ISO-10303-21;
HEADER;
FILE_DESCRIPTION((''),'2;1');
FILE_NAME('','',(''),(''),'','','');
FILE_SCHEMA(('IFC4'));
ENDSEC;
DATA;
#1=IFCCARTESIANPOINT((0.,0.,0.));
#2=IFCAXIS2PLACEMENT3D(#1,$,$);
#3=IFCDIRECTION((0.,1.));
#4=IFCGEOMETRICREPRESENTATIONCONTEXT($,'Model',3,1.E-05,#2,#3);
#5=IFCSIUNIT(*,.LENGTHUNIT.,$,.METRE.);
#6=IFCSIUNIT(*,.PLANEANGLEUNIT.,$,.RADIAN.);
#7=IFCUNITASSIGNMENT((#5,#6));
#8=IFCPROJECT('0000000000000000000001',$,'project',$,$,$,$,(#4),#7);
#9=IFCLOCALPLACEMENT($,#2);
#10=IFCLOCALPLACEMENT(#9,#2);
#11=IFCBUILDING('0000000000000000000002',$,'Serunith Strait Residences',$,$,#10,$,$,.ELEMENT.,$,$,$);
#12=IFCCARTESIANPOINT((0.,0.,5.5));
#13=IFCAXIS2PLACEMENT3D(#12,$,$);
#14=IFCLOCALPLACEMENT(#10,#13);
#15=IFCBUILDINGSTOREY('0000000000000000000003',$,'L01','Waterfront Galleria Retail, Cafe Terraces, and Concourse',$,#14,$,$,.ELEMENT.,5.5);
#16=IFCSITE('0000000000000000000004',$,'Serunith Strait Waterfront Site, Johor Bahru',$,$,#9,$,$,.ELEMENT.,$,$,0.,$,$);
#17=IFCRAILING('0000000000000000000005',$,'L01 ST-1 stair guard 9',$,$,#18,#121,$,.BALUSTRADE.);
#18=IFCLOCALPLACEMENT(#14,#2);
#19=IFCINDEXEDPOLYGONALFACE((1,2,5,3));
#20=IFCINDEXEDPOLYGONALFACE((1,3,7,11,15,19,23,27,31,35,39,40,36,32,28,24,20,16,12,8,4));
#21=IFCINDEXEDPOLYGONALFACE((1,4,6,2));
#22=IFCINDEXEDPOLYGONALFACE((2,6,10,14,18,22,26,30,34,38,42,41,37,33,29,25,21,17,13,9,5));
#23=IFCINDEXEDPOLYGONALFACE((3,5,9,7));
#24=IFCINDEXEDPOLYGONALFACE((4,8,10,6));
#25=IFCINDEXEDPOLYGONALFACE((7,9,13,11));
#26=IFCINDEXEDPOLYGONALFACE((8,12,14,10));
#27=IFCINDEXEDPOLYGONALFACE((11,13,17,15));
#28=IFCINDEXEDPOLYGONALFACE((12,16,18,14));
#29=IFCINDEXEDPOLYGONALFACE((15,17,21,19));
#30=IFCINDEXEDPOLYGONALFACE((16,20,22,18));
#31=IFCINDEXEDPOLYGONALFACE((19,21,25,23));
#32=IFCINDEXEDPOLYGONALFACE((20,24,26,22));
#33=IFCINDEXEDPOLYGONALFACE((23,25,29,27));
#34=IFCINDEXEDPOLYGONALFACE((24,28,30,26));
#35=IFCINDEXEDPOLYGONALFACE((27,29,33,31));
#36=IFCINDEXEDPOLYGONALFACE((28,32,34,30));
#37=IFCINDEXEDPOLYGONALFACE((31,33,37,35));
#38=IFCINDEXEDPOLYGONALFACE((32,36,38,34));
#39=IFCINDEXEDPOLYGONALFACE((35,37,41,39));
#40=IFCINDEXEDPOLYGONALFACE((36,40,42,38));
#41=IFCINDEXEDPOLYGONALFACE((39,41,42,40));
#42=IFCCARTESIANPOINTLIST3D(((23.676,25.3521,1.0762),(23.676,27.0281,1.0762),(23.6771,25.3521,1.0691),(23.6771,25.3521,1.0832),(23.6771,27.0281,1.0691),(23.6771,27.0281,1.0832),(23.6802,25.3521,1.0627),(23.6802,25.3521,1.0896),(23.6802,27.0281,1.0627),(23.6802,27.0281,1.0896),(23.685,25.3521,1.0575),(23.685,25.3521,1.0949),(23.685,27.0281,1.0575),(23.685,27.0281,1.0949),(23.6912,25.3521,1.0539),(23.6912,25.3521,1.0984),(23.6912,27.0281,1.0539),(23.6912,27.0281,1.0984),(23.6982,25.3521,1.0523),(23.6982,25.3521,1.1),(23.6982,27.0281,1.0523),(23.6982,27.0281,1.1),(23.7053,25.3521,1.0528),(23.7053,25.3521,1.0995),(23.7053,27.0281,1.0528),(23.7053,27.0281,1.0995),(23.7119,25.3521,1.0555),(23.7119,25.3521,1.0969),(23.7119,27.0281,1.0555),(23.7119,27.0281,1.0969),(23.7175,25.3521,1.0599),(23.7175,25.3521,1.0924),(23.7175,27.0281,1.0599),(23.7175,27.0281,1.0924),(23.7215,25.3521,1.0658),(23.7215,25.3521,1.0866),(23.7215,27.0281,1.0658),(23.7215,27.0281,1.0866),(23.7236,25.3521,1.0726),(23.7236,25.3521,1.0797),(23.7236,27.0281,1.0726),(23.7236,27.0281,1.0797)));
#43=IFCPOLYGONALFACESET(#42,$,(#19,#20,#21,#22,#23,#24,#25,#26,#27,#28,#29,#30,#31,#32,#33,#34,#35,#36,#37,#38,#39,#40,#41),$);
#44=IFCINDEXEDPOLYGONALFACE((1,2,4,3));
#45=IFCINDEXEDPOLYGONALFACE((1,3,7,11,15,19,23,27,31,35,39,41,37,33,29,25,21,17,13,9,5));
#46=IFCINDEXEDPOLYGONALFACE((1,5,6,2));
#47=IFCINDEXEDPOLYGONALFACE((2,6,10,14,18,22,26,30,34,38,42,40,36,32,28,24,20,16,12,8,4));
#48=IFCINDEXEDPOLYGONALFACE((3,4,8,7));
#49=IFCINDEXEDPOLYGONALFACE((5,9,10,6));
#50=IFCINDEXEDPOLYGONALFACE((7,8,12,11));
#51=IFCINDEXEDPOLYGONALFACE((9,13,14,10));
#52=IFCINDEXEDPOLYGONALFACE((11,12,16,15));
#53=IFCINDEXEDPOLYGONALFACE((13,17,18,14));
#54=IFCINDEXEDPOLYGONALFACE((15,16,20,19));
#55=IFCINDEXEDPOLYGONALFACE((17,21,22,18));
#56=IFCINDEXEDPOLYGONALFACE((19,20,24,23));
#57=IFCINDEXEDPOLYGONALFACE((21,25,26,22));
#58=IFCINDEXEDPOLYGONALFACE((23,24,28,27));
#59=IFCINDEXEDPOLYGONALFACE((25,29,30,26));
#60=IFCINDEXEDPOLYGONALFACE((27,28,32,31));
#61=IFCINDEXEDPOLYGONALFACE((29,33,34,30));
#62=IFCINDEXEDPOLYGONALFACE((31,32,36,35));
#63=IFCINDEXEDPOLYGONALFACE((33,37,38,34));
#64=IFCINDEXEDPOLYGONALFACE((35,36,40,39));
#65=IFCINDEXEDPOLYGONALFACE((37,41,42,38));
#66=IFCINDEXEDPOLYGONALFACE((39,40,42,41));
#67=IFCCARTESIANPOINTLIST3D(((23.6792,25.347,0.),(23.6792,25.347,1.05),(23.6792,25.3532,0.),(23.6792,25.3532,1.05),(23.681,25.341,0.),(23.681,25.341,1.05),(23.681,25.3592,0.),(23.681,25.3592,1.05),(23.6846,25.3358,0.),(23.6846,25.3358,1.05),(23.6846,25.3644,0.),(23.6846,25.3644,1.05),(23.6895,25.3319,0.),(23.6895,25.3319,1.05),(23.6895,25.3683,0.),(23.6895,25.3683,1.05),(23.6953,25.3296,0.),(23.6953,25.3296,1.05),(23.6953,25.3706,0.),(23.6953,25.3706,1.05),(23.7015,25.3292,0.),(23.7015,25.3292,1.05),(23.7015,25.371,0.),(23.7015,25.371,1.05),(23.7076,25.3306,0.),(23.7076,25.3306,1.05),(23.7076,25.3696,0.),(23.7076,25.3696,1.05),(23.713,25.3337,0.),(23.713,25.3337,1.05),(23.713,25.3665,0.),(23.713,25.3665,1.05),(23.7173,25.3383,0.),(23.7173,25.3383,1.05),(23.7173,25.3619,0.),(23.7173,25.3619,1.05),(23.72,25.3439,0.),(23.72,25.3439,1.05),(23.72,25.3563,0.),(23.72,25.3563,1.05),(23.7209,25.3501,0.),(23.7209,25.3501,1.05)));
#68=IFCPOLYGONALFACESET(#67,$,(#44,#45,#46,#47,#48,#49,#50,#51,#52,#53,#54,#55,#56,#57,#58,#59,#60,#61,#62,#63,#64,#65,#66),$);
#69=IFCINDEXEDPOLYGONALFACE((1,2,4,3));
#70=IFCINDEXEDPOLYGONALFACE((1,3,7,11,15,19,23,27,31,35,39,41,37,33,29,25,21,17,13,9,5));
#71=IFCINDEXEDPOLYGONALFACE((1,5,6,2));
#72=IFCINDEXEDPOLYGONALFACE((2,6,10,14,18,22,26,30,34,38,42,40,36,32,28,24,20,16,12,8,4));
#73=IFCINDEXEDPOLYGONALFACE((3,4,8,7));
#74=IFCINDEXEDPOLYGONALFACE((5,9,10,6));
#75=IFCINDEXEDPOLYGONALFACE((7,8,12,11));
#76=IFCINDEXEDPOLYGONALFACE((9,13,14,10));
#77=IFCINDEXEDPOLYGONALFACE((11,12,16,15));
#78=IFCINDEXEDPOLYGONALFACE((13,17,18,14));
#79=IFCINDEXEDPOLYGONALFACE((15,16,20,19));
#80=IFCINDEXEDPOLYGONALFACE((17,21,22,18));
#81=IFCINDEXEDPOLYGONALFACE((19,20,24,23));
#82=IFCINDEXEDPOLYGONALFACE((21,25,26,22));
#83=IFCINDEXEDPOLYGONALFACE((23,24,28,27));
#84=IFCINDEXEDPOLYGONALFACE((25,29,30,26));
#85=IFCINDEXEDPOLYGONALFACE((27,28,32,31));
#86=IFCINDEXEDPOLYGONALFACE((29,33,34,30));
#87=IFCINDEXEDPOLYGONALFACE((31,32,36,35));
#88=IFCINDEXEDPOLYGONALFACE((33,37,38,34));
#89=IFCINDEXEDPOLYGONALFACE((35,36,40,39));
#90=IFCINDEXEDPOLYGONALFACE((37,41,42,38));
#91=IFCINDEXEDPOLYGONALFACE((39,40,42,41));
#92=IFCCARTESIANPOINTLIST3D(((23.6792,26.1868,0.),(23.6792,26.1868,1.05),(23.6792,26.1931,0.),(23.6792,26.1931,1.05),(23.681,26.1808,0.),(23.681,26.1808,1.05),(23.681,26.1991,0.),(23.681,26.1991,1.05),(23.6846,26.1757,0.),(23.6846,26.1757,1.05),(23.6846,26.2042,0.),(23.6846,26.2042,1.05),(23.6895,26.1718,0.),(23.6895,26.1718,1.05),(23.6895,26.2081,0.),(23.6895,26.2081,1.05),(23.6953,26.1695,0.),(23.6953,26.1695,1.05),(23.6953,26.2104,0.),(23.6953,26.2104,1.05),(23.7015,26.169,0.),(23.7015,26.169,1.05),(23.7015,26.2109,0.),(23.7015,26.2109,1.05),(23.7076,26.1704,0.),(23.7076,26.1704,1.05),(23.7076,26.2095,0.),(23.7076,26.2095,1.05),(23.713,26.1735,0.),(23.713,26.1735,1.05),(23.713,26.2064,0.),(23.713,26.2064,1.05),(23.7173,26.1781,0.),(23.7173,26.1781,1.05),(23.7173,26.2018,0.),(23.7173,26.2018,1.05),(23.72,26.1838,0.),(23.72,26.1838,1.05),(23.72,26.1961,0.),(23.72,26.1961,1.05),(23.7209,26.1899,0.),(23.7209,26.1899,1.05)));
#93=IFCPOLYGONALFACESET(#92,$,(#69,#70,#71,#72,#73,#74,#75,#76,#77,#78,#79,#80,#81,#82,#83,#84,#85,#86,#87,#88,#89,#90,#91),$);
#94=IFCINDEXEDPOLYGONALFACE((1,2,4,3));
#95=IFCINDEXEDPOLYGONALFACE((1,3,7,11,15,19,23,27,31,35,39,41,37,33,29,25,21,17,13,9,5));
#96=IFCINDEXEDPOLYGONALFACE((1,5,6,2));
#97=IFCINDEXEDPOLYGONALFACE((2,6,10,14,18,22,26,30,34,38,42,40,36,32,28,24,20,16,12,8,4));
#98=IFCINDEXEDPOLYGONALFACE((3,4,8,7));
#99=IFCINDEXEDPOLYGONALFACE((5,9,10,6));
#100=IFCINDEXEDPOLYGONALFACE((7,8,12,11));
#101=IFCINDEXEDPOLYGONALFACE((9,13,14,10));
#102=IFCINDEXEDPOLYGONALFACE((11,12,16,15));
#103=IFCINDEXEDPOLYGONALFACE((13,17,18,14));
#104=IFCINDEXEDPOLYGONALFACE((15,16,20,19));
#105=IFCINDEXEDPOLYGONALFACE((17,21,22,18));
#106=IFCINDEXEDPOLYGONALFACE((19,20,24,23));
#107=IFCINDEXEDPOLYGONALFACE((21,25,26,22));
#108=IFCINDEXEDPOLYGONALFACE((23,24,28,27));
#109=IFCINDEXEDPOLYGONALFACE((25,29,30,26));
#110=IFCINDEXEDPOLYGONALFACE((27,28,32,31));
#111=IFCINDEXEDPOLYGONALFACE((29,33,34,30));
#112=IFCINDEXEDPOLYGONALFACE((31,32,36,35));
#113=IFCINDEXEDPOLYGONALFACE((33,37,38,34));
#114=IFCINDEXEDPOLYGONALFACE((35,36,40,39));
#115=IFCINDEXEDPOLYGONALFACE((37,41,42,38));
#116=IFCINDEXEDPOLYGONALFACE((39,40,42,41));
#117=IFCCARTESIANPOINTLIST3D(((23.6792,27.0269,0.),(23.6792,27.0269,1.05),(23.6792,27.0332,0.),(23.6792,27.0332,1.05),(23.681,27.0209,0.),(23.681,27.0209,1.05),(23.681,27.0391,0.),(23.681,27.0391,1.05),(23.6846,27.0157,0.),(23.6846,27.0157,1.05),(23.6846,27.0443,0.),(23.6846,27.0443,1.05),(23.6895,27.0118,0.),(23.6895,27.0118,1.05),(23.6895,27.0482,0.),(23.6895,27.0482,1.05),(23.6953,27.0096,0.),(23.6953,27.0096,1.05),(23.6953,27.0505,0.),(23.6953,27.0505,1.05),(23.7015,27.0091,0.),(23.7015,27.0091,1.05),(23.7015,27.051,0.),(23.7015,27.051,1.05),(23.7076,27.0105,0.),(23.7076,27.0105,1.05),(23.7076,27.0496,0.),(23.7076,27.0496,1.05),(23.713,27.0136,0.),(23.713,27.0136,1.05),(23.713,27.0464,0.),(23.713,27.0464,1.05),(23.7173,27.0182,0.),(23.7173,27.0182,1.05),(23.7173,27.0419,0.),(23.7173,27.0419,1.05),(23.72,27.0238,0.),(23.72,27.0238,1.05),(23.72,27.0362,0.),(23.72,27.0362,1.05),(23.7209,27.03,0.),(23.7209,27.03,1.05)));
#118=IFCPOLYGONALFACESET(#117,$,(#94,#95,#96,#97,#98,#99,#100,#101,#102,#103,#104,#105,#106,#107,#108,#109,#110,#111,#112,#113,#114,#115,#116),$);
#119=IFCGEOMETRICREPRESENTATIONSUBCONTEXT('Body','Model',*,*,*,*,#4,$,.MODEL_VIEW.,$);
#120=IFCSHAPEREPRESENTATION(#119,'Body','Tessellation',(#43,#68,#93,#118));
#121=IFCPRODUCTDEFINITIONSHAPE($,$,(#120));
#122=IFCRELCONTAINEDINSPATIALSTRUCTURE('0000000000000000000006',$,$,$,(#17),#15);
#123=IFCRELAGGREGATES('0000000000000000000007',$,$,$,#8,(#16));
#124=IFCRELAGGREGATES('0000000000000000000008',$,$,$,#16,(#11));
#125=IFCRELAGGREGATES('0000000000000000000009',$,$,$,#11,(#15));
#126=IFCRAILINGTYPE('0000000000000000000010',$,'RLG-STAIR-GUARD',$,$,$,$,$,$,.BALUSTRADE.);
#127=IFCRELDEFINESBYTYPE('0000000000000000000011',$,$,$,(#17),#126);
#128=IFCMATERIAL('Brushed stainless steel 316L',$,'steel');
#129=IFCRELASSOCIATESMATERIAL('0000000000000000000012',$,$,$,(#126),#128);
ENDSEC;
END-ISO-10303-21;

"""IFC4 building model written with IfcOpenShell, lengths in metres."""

from ifc_helpers import new_model, si_unit, direction, frame, origin, origin_2d, place, context, subcontext, project, spatial, circle, extrude, material, type_object, element, save


model = new_model("IFC4")

# Units and contexts
model_context = context("Model", 3, precision=1e-05, world=origin(), true_north=direction((0.0, 1.0)))
body_context = subcontext(model_context, "Body", "Model", "MODEL_VIEW")
ifc_project = project(units=[si_unit("LENGTHUNIT", "METRE"), si_unit("PLANEANGLEUNIT", "RADIAN")], contexts=[model_context])

# Site, building, storey
site_placement = place(None, origin())
site = spatial("IfcSite", under=ifc_project, at=site_placement, Name="Serunith Strait Waterfront Site, Johor Bahru", CompositionType="ELEMENT", RefElevation=0.0)
building_placement = place(site_placement, origin())
building = spatial("IfcBuilding", under=site, at=building_placement, Name="Serunith Strait Residences", CompositionType="ELEMENT")
storey_placement = place(building_placement, frame((0.0, 0.0, 5.5)))
storey = spatial("IfcBuildingStorey", under=building, at=storey_placement, Name="L01", Description="Waterfront Galleria Retail, Cafe Terraces, and Concourse", CompositionType="ELEMENT", Elevation=5.5)

# Railing
ifc_material_1 = material(Name="Brushed stainless steel 316L", Category="steel")
railing_type_1 = type_object("IfcRailingType", Name="RLG-STAIR-GUARD", PredefinedType="BALUSTRADE", material=ifc_material_1)
for number, where, name in (
    (1, (23.7, 25.3501, 0.0), "L01 ST-1 stair guard 9"),
):
    element("IfcRailing", number, at=place(storey_placement, frame(where)), inside=storey, type_object=railing_type_1, Name=name, PredefinedType="BALUSTRADE", context=body_context, shape_type="SweptSolid", body=[
        extrude(circle(Radius=0.0239, at=origin_2d()), frame((0.0, 0.002, 1.0762), z_axis=(0.0, 1.0, 0.0), x_axis=(-1.0, 0.0, 0.0)), (0.0, 0.0, 1.0), 1.676),
        extrude(circle(Radius=0.021, at=origin_2d()), origin(), (0.0, 0.0, 1.0), 1.05),
        extrude(circle(Radius=0.021, at=origin_2d()), frame((0.0, 0.8398, 0.0)), (0.0, 0.0, 1.0), 1.05),
        extrude(circle(Radius=0.021, at=origin_2d()), frame((0.0, 1.6799, 0.0)), (0.0, 0.0, 1.0), 1.05),
    ])

save(model, "model.ifc")
